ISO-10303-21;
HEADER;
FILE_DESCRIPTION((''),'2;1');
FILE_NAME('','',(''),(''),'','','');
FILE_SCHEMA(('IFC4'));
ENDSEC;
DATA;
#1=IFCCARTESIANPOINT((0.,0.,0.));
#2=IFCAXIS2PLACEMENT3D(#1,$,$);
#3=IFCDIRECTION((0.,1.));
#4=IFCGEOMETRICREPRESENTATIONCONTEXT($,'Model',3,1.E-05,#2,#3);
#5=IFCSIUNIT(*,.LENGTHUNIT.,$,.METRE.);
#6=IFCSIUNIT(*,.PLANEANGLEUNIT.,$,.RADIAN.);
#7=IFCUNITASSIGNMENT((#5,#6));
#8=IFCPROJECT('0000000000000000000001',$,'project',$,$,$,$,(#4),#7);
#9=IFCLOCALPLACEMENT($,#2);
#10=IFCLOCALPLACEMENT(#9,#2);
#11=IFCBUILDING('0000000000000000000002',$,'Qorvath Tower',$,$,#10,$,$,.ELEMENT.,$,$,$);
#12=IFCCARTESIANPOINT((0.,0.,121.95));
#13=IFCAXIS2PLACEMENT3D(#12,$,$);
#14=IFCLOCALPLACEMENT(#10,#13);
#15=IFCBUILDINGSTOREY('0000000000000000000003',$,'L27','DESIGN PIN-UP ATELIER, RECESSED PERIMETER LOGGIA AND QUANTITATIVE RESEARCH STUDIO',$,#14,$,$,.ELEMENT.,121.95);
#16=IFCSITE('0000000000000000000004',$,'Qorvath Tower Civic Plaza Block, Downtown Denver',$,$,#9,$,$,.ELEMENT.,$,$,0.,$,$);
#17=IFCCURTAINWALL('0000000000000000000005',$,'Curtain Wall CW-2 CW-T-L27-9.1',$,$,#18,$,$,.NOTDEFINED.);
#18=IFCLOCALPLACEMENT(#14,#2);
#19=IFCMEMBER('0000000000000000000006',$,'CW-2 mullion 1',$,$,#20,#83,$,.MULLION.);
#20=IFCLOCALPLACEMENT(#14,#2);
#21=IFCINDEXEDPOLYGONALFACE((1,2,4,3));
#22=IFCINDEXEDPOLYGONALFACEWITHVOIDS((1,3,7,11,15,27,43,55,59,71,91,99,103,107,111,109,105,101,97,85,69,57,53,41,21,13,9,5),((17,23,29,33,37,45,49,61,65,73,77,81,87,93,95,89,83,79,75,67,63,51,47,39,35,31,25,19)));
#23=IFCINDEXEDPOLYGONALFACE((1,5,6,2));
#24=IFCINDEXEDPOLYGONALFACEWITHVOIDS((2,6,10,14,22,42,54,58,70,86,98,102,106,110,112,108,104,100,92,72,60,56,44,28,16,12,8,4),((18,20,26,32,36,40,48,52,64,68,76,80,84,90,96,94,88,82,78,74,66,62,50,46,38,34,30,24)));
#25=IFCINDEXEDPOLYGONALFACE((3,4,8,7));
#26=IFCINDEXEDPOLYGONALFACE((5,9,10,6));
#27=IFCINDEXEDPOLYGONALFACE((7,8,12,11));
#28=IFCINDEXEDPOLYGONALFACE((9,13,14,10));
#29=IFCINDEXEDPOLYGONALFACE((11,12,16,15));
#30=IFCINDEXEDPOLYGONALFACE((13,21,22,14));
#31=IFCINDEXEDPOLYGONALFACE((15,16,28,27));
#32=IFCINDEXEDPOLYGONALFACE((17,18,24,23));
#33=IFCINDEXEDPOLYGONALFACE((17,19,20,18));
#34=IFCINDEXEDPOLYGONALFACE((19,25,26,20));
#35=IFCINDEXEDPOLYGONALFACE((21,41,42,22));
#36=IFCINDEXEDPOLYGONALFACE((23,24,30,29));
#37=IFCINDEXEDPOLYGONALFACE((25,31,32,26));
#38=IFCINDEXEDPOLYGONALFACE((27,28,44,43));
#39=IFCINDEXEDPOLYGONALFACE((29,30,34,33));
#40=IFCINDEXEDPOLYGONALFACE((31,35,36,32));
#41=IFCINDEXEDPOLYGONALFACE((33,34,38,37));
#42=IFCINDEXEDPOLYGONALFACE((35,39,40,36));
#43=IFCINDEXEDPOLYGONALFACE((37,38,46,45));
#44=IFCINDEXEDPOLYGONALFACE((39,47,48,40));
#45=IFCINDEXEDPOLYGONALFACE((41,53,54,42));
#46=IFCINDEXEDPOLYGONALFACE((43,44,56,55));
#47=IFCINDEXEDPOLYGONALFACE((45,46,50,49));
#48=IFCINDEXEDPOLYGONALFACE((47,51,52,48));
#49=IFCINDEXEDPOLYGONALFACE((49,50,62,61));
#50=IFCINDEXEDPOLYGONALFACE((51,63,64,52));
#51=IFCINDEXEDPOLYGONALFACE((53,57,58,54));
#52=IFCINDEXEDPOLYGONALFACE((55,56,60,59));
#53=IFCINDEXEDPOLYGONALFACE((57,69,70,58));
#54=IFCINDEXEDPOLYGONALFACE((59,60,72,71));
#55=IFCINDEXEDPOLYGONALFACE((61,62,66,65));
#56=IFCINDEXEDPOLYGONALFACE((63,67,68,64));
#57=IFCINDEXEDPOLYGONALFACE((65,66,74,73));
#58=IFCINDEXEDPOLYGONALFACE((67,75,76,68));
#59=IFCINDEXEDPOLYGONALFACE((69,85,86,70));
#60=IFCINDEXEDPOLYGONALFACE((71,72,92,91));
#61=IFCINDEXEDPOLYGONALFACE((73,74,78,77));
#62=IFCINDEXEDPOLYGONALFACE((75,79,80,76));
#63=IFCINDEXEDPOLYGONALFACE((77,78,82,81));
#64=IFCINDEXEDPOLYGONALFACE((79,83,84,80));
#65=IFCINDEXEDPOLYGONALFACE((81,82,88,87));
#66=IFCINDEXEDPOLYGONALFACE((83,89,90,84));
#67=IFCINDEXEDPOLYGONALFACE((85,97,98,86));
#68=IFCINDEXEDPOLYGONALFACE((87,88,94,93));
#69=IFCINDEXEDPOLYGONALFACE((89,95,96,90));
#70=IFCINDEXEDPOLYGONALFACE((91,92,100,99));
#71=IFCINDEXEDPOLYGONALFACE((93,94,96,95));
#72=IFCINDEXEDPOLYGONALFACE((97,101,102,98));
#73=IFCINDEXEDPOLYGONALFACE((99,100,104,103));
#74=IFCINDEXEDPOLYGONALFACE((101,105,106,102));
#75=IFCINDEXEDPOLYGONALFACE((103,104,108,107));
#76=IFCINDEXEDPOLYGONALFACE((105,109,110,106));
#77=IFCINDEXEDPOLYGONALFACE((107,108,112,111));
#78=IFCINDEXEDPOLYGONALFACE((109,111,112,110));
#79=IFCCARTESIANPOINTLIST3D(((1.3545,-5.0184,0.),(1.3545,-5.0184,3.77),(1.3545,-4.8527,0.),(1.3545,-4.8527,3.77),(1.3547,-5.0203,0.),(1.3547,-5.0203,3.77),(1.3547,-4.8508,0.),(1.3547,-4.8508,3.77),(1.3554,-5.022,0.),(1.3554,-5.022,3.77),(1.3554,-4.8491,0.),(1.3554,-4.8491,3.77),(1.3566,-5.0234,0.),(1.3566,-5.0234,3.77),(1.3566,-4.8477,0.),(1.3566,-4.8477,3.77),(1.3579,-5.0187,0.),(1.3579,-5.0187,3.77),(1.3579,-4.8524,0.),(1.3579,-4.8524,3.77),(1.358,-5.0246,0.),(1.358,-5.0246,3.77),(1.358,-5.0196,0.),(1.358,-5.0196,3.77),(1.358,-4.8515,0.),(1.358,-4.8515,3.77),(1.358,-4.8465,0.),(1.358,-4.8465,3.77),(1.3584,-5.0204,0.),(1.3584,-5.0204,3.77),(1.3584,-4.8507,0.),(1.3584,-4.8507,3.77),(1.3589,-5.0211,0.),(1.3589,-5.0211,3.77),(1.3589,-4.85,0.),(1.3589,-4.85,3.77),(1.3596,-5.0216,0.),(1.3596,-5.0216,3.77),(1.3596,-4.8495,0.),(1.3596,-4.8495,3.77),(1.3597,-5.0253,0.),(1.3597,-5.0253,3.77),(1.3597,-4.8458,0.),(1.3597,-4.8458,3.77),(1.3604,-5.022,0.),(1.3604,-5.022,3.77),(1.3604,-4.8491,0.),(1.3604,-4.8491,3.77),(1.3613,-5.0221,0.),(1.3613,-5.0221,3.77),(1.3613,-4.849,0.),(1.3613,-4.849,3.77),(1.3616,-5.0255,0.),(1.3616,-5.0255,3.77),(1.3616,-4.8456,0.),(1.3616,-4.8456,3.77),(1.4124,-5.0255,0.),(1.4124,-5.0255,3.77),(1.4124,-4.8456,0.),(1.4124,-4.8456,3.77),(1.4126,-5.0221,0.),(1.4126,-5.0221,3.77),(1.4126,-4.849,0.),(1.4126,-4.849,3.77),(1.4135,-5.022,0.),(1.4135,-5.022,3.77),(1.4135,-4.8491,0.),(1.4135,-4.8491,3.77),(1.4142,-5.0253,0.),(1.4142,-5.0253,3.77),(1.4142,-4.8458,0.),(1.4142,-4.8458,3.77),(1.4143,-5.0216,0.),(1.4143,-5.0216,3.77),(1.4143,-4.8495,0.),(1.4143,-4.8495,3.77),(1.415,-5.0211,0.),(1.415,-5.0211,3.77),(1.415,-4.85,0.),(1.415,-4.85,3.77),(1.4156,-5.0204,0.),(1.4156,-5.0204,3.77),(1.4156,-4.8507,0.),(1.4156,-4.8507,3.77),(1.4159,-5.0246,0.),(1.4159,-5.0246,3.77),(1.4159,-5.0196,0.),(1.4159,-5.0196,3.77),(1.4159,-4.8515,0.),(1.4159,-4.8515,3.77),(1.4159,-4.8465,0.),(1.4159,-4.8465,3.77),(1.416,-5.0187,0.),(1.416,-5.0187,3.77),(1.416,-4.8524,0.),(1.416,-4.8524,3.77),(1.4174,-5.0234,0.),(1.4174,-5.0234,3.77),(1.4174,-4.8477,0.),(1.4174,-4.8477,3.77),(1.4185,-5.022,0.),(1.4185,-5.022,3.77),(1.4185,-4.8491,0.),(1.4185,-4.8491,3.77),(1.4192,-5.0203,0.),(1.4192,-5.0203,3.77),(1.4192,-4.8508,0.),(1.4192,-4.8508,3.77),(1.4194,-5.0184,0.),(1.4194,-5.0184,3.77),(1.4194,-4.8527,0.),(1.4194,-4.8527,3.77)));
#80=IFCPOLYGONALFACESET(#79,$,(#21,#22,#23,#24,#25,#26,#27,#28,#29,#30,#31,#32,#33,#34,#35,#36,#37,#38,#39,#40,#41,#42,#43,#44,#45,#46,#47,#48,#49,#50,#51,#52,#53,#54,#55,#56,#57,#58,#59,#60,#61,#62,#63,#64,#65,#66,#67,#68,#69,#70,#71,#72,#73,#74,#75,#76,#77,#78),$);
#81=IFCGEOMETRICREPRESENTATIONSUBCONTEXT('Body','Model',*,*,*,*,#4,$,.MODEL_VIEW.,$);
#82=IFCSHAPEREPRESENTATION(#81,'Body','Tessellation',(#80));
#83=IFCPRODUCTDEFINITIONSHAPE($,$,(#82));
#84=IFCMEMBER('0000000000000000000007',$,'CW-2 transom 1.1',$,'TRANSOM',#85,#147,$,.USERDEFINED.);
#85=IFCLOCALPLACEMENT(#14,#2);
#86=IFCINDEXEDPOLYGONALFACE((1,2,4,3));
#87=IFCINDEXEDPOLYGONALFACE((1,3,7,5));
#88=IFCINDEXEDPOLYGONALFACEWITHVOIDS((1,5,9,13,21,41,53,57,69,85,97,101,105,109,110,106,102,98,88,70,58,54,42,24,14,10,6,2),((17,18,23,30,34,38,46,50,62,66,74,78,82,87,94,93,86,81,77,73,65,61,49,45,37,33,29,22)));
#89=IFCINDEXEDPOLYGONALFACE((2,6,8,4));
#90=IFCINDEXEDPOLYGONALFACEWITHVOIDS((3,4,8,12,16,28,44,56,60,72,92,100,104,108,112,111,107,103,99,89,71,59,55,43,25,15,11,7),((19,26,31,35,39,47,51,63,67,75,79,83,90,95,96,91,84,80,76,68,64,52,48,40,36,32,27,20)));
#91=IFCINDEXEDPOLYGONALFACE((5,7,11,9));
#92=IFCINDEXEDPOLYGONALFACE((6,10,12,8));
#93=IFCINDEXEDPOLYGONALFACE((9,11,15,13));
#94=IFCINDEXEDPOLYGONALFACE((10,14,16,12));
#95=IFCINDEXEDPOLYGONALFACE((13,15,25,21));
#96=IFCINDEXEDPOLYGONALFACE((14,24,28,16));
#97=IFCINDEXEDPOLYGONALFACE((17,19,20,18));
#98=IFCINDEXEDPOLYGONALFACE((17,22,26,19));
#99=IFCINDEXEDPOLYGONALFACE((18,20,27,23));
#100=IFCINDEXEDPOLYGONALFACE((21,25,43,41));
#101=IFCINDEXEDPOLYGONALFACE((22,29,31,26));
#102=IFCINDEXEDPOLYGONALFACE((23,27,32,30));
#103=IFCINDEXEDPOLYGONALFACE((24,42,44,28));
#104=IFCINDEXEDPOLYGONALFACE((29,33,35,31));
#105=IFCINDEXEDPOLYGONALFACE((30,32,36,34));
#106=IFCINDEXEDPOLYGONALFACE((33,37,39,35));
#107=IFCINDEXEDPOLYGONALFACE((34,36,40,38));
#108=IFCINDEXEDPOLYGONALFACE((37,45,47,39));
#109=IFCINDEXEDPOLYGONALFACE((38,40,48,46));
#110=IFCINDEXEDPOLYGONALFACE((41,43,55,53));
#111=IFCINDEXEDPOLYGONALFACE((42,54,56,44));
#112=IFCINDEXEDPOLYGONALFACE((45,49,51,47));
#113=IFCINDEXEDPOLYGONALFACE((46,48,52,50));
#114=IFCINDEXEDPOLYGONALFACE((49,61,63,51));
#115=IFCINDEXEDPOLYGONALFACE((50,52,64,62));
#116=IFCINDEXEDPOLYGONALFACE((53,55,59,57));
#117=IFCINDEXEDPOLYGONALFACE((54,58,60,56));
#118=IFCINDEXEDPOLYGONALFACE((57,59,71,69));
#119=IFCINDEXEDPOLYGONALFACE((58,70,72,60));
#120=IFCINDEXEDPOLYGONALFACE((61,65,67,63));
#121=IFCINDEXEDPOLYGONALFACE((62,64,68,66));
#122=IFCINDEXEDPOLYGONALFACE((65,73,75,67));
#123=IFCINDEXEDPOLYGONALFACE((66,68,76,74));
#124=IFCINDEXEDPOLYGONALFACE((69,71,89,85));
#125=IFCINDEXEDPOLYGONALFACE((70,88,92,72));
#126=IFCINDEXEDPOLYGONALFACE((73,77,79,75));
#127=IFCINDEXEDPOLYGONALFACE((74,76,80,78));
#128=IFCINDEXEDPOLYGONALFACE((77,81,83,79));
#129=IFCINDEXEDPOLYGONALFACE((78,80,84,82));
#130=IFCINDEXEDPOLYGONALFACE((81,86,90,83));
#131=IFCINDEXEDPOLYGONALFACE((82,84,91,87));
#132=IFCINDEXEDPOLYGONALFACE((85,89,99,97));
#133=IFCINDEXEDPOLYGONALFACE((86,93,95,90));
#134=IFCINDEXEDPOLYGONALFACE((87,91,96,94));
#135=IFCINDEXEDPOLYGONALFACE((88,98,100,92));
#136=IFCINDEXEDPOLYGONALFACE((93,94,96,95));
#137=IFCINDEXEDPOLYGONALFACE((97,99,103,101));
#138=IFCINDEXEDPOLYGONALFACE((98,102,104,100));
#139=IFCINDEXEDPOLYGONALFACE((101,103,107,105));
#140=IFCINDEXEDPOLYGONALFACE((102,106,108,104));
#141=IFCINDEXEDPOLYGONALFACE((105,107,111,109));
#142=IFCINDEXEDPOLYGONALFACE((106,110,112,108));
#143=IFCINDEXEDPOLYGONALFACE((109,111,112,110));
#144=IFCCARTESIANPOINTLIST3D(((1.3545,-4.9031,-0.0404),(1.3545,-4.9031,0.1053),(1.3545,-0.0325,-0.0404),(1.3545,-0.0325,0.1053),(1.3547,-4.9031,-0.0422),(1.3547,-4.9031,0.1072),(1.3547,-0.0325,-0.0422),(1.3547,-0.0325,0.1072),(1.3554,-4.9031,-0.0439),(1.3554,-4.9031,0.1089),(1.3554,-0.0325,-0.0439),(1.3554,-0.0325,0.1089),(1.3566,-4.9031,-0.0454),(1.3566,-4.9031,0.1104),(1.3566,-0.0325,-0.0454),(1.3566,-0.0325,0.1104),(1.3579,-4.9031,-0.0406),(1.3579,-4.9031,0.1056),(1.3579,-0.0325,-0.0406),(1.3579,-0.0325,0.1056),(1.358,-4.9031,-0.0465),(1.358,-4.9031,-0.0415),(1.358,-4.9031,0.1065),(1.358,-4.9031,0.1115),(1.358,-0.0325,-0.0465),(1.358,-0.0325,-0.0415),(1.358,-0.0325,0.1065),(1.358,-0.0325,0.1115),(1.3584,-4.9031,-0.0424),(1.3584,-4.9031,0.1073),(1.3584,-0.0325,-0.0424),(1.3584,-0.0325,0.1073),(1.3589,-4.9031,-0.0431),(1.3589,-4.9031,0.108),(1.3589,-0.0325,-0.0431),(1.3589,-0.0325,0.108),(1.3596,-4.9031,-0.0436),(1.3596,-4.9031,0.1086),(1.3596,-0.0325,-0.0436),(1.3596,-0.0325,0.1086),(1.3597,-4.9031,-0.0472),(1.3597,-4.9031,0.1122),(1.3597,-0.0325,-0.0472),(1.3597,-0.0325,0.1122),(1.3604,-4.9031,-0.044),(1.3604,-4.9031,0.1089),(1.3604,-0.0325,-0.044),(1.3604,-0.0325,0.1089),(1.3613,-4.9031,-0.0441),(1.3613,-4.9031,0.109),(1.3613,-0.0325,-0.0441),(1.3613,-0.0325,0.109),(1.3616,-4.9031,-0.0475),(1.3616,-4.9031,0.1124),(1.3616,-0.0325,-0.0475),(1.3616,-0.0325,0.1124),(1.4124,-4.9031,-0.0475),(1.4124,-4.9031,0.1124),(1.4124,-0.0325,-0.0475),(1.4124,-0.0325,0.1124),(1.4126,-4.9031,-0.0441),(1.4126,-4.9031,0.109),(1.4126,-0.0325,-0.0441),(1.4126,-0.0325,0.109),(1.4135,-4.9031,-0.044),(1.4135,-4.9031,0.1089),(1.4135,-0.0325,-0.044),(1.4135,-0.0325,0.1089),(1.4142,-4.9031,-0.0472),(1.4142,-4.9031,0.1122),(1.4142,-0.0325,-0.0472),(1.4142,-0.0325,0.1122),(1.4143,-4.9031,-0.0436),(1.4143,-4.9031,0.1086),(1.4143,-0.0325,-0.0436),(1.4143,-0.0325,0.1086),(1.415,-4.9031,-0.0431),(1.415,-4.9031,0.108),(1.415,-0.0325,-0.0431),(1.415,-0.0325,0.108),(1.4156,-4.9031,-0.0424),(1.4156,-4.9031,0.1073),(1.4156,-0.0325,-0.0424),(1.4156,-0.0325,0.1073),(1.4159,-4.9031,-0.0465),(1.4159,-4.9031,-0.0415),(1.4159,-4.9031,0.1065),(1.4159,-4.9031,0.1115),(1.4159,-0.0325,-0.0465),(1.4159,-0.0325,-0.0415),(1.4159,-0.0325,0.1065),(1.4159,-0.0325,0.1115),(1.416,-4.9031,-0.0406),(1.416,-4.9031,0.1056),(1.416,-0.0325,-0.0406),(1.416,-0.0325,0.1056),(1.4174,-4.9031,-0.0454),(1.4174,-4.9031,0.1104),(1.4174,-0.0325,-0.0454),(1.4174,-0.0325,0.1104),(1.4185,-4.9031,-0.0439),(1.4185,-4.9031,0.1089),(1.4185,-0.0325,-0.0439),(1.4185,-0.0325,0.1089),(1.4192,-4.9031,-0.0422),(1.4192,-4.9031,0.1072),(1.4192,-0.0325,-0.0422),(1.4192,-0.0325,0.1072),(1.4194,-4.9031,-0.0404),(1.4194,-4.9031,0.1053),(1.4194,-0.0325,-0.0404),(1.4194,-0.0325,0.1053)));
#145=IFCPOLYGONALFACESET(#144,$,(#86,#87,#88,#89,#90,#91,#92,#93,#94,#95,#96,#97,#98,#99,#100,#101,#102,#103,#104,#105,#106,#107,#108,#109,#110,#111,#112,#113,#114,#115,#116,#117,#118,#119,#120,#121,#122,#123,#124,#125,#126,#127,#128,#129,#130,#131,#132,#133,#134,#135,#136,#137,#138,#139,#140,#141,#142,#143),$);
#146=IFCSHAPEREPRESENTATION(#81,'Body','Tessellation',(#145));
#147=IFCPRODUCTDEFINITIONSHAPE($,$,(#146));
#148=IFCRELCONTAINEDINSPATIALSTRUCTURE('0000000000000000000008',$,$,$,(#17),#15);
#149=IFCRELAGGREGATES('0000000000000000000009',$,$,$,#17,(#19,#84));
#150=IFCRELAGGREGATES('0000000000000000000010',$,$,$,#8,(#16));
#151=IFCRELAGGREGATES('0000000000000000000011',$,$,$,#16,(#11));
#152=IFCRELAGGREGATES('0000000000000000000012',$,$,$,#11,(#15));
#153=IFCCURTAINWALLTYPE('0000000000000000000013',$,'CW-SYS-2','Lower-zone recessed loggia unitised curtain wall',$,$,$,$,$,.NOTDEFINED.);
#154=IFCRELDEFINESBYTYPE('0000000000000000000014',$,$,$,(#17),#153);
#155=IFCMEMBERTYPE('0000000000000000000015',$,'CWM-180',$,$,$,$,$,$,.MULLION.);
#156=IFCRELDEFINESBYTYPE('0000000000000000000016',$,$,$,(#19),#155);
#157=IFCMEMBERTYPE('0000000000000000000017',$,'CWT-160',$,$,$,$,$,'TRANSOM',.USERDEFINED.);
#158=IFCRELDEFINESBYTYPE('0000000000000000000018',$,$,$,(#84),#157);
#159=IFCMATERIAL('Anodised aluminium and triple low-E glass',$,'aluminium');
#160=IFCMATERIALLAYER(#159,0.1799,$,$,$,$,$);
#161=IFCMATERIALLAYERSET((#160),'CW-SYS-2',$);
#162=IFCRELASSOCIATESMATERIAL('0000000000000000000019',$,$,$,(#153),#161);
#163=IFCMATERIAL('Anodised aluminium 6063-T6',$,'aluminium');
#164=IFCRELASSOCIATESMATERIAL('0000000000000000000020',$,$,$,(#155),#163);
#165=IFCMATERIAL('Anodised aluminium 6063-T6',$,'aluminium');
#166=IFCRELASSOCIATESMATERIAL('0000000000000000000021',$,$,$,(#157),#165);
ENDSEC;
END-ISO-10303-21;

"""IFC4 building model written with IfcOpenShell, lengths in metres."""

from ifc_helpers import new_model, si_unit, direction, frame, origin, origin_2d, place, context, subcontext, project, spatial, hollow_rectangle, extrude, material, layer, layer_set, material_profile, profile_set, type_object, element, aggregate, save


model = new_model("IFC4")

# Units and contexts
model_context = context("Model", 3, precision=1e-05, world=origin(), true_north=direction((0.0, 1.0)))
body_context = subcontext(model_context, "Body", "Model", "MODEL_VIEW")
ifc_project = project(units=[si_unit("LENGTHUNIT", "METRE"), si_unit("PLANEANGLEUNIT", "RADIAN")], contexts=[model_context])

# Site, building, storey
site_placement = place(None, origin())
site = spatial("IfcSite", under=ifc_project, at=site_placement, Name="Qorvath Tower Civic Plaza Block, Downtown Denver", CompositionType="ELEMENT", RefElevation=0.0)
building_placement = place(site_placement, origin())
building = spatial("IfcBuilding", under=site, at=building_placement, Name="Qorvath Tower", CompositionType="ELEMENT")
storey_placement = place(building_placement, frame((0.0, 0.0, 121.95)))
storey = spatial("IfcBuildingStorey", under=building, at=storey_placement, Name="L27", Description="DESIGN PIN-UP ATELIER, RECESSED PERIMETER LOGGIA AND QUANTITATIVE RESEARCH STUDIO", CompositionType="ELEMENT", Elevation=121.95)

# Curtain wall, members
ifc_material_1 = material(Name="Anodised aluminium and triple low-E glass", Category="aluminium")
ifc_layer_1 = layer(ifc_material_1, 0.1799)
ifc_layer_set_1 = layer_set([ifc_layer_1], Name="CW-SYS-2")
curtain_wall_type = type_object("IfcCurtainWallType", Name="CW-SYS-2", Description="Lower-zone recessed loggia unitised curtain wall", PredefinedType="NOTDEFINED", material=ifc_layer_set_1)
curtain_wall_placement = place(storey_placement, origin())
curtain_wall = element("IfcCurtainWall", 1, at=curtain_wall_placement, inside=storey, type_object=curtain_wall_type, Name="Curtain Wall CW-2 CW-T-L27-9.1", PredefinedType="NOTDEFINED")
ifc_material_2 = material(Name="Anodised aluminium 6063-T6", Category="aluminium")
ifc_material_profile_1 = material_profile(ifc_material_2, hollow_rectangle(XDim=0.0649, YDim=0.1799, WallThickness=0.0034, InnerFilletRadius=0.0034, OuterFilletRadius=0.0071, at=origin_2d()), Name="CWM 180x65")
ifc_profile_set_1 = profile_set([ifc_material_profile_1], Name="Anodised aluminium 6063-T6")
member_type_1 = type_object("IfcMemberType", Name="CWM-180", PredefinedType="MULLION", material=ifc_profile_set_1)
member_1_placement = place(storey_placement, frame((1.387, -4.9355, 0.0), z_axis=(0.0, 0.0, 1.0), x_axis=(-1.0, 0.0, 0.0)))
member_1 = element("IfcMember", 2, at=member_1_placement, type_object=member_type_1, Name="CW-2 mullion 1", PredefinedType="MULLION", context=body_context, shape_type="SweptSolid", body=[
    extrude(hollow_rectangle(XDim=0.0649, YDim=0.1799, WallThickness=0.0034, InnerFilletRadius=0.0034, OuterFilletRadius=0.0071, at=origin_2d()), origin(), (0.0, 0.0, 1.0), 3.77),
])
ifc_material_3 = material(Name="Anodised aluminium 6063-T6", Category="aluminium")
ifc_material_profile_2 = material_profile(ifc_material_3, hollow_rectangle(XDim=0.0649, YDim=0.1599, WallThickness=0.0034, InnerFilletRadius=0.0034, OuterFilletRadius=0.0071, at=origin_2d()), Name="CWT 160x65")
ifc_profile_set_2 = profile_set([ifc_material_profile_2], Name="Anodised aluminium 6063-T6")
member_type_2 = type_object("IfcMemberType", Name="CWT-160", ElementType="TRANSOM", PredefinedType="USERDEFINED", material=ifc_profile_set_2)
member_2_placement = place(storey_placement, frame((1.387, -4.9031, 0.0325), z_axis=(0.0, 1.0, 0.0), x_axis=(-1.0, 0.0, 0.0)))
member_2 = element("IfcMember", 3, at=member_2_placement, type_object=member_type_2, Name="CW-2 transom 1.1", ObjectType="TRANSOM", PredefinedType="USERDEFINED", context=body_context, shape_type="SweptSolid", body=[
    extrude(hollow_rectangle(XDim=0.0649, YDim=0.1599, WallThickness=0.0034, InnerFilletRadius=0.0034, OuterFilletRadius=0.0071, at=origin_2d()), origin(), (0.0, 0.0, 1.0), 4.8706),
])
aggregate(curtain_wall, [member_1, member_2])

save(model, "model.ifc")
